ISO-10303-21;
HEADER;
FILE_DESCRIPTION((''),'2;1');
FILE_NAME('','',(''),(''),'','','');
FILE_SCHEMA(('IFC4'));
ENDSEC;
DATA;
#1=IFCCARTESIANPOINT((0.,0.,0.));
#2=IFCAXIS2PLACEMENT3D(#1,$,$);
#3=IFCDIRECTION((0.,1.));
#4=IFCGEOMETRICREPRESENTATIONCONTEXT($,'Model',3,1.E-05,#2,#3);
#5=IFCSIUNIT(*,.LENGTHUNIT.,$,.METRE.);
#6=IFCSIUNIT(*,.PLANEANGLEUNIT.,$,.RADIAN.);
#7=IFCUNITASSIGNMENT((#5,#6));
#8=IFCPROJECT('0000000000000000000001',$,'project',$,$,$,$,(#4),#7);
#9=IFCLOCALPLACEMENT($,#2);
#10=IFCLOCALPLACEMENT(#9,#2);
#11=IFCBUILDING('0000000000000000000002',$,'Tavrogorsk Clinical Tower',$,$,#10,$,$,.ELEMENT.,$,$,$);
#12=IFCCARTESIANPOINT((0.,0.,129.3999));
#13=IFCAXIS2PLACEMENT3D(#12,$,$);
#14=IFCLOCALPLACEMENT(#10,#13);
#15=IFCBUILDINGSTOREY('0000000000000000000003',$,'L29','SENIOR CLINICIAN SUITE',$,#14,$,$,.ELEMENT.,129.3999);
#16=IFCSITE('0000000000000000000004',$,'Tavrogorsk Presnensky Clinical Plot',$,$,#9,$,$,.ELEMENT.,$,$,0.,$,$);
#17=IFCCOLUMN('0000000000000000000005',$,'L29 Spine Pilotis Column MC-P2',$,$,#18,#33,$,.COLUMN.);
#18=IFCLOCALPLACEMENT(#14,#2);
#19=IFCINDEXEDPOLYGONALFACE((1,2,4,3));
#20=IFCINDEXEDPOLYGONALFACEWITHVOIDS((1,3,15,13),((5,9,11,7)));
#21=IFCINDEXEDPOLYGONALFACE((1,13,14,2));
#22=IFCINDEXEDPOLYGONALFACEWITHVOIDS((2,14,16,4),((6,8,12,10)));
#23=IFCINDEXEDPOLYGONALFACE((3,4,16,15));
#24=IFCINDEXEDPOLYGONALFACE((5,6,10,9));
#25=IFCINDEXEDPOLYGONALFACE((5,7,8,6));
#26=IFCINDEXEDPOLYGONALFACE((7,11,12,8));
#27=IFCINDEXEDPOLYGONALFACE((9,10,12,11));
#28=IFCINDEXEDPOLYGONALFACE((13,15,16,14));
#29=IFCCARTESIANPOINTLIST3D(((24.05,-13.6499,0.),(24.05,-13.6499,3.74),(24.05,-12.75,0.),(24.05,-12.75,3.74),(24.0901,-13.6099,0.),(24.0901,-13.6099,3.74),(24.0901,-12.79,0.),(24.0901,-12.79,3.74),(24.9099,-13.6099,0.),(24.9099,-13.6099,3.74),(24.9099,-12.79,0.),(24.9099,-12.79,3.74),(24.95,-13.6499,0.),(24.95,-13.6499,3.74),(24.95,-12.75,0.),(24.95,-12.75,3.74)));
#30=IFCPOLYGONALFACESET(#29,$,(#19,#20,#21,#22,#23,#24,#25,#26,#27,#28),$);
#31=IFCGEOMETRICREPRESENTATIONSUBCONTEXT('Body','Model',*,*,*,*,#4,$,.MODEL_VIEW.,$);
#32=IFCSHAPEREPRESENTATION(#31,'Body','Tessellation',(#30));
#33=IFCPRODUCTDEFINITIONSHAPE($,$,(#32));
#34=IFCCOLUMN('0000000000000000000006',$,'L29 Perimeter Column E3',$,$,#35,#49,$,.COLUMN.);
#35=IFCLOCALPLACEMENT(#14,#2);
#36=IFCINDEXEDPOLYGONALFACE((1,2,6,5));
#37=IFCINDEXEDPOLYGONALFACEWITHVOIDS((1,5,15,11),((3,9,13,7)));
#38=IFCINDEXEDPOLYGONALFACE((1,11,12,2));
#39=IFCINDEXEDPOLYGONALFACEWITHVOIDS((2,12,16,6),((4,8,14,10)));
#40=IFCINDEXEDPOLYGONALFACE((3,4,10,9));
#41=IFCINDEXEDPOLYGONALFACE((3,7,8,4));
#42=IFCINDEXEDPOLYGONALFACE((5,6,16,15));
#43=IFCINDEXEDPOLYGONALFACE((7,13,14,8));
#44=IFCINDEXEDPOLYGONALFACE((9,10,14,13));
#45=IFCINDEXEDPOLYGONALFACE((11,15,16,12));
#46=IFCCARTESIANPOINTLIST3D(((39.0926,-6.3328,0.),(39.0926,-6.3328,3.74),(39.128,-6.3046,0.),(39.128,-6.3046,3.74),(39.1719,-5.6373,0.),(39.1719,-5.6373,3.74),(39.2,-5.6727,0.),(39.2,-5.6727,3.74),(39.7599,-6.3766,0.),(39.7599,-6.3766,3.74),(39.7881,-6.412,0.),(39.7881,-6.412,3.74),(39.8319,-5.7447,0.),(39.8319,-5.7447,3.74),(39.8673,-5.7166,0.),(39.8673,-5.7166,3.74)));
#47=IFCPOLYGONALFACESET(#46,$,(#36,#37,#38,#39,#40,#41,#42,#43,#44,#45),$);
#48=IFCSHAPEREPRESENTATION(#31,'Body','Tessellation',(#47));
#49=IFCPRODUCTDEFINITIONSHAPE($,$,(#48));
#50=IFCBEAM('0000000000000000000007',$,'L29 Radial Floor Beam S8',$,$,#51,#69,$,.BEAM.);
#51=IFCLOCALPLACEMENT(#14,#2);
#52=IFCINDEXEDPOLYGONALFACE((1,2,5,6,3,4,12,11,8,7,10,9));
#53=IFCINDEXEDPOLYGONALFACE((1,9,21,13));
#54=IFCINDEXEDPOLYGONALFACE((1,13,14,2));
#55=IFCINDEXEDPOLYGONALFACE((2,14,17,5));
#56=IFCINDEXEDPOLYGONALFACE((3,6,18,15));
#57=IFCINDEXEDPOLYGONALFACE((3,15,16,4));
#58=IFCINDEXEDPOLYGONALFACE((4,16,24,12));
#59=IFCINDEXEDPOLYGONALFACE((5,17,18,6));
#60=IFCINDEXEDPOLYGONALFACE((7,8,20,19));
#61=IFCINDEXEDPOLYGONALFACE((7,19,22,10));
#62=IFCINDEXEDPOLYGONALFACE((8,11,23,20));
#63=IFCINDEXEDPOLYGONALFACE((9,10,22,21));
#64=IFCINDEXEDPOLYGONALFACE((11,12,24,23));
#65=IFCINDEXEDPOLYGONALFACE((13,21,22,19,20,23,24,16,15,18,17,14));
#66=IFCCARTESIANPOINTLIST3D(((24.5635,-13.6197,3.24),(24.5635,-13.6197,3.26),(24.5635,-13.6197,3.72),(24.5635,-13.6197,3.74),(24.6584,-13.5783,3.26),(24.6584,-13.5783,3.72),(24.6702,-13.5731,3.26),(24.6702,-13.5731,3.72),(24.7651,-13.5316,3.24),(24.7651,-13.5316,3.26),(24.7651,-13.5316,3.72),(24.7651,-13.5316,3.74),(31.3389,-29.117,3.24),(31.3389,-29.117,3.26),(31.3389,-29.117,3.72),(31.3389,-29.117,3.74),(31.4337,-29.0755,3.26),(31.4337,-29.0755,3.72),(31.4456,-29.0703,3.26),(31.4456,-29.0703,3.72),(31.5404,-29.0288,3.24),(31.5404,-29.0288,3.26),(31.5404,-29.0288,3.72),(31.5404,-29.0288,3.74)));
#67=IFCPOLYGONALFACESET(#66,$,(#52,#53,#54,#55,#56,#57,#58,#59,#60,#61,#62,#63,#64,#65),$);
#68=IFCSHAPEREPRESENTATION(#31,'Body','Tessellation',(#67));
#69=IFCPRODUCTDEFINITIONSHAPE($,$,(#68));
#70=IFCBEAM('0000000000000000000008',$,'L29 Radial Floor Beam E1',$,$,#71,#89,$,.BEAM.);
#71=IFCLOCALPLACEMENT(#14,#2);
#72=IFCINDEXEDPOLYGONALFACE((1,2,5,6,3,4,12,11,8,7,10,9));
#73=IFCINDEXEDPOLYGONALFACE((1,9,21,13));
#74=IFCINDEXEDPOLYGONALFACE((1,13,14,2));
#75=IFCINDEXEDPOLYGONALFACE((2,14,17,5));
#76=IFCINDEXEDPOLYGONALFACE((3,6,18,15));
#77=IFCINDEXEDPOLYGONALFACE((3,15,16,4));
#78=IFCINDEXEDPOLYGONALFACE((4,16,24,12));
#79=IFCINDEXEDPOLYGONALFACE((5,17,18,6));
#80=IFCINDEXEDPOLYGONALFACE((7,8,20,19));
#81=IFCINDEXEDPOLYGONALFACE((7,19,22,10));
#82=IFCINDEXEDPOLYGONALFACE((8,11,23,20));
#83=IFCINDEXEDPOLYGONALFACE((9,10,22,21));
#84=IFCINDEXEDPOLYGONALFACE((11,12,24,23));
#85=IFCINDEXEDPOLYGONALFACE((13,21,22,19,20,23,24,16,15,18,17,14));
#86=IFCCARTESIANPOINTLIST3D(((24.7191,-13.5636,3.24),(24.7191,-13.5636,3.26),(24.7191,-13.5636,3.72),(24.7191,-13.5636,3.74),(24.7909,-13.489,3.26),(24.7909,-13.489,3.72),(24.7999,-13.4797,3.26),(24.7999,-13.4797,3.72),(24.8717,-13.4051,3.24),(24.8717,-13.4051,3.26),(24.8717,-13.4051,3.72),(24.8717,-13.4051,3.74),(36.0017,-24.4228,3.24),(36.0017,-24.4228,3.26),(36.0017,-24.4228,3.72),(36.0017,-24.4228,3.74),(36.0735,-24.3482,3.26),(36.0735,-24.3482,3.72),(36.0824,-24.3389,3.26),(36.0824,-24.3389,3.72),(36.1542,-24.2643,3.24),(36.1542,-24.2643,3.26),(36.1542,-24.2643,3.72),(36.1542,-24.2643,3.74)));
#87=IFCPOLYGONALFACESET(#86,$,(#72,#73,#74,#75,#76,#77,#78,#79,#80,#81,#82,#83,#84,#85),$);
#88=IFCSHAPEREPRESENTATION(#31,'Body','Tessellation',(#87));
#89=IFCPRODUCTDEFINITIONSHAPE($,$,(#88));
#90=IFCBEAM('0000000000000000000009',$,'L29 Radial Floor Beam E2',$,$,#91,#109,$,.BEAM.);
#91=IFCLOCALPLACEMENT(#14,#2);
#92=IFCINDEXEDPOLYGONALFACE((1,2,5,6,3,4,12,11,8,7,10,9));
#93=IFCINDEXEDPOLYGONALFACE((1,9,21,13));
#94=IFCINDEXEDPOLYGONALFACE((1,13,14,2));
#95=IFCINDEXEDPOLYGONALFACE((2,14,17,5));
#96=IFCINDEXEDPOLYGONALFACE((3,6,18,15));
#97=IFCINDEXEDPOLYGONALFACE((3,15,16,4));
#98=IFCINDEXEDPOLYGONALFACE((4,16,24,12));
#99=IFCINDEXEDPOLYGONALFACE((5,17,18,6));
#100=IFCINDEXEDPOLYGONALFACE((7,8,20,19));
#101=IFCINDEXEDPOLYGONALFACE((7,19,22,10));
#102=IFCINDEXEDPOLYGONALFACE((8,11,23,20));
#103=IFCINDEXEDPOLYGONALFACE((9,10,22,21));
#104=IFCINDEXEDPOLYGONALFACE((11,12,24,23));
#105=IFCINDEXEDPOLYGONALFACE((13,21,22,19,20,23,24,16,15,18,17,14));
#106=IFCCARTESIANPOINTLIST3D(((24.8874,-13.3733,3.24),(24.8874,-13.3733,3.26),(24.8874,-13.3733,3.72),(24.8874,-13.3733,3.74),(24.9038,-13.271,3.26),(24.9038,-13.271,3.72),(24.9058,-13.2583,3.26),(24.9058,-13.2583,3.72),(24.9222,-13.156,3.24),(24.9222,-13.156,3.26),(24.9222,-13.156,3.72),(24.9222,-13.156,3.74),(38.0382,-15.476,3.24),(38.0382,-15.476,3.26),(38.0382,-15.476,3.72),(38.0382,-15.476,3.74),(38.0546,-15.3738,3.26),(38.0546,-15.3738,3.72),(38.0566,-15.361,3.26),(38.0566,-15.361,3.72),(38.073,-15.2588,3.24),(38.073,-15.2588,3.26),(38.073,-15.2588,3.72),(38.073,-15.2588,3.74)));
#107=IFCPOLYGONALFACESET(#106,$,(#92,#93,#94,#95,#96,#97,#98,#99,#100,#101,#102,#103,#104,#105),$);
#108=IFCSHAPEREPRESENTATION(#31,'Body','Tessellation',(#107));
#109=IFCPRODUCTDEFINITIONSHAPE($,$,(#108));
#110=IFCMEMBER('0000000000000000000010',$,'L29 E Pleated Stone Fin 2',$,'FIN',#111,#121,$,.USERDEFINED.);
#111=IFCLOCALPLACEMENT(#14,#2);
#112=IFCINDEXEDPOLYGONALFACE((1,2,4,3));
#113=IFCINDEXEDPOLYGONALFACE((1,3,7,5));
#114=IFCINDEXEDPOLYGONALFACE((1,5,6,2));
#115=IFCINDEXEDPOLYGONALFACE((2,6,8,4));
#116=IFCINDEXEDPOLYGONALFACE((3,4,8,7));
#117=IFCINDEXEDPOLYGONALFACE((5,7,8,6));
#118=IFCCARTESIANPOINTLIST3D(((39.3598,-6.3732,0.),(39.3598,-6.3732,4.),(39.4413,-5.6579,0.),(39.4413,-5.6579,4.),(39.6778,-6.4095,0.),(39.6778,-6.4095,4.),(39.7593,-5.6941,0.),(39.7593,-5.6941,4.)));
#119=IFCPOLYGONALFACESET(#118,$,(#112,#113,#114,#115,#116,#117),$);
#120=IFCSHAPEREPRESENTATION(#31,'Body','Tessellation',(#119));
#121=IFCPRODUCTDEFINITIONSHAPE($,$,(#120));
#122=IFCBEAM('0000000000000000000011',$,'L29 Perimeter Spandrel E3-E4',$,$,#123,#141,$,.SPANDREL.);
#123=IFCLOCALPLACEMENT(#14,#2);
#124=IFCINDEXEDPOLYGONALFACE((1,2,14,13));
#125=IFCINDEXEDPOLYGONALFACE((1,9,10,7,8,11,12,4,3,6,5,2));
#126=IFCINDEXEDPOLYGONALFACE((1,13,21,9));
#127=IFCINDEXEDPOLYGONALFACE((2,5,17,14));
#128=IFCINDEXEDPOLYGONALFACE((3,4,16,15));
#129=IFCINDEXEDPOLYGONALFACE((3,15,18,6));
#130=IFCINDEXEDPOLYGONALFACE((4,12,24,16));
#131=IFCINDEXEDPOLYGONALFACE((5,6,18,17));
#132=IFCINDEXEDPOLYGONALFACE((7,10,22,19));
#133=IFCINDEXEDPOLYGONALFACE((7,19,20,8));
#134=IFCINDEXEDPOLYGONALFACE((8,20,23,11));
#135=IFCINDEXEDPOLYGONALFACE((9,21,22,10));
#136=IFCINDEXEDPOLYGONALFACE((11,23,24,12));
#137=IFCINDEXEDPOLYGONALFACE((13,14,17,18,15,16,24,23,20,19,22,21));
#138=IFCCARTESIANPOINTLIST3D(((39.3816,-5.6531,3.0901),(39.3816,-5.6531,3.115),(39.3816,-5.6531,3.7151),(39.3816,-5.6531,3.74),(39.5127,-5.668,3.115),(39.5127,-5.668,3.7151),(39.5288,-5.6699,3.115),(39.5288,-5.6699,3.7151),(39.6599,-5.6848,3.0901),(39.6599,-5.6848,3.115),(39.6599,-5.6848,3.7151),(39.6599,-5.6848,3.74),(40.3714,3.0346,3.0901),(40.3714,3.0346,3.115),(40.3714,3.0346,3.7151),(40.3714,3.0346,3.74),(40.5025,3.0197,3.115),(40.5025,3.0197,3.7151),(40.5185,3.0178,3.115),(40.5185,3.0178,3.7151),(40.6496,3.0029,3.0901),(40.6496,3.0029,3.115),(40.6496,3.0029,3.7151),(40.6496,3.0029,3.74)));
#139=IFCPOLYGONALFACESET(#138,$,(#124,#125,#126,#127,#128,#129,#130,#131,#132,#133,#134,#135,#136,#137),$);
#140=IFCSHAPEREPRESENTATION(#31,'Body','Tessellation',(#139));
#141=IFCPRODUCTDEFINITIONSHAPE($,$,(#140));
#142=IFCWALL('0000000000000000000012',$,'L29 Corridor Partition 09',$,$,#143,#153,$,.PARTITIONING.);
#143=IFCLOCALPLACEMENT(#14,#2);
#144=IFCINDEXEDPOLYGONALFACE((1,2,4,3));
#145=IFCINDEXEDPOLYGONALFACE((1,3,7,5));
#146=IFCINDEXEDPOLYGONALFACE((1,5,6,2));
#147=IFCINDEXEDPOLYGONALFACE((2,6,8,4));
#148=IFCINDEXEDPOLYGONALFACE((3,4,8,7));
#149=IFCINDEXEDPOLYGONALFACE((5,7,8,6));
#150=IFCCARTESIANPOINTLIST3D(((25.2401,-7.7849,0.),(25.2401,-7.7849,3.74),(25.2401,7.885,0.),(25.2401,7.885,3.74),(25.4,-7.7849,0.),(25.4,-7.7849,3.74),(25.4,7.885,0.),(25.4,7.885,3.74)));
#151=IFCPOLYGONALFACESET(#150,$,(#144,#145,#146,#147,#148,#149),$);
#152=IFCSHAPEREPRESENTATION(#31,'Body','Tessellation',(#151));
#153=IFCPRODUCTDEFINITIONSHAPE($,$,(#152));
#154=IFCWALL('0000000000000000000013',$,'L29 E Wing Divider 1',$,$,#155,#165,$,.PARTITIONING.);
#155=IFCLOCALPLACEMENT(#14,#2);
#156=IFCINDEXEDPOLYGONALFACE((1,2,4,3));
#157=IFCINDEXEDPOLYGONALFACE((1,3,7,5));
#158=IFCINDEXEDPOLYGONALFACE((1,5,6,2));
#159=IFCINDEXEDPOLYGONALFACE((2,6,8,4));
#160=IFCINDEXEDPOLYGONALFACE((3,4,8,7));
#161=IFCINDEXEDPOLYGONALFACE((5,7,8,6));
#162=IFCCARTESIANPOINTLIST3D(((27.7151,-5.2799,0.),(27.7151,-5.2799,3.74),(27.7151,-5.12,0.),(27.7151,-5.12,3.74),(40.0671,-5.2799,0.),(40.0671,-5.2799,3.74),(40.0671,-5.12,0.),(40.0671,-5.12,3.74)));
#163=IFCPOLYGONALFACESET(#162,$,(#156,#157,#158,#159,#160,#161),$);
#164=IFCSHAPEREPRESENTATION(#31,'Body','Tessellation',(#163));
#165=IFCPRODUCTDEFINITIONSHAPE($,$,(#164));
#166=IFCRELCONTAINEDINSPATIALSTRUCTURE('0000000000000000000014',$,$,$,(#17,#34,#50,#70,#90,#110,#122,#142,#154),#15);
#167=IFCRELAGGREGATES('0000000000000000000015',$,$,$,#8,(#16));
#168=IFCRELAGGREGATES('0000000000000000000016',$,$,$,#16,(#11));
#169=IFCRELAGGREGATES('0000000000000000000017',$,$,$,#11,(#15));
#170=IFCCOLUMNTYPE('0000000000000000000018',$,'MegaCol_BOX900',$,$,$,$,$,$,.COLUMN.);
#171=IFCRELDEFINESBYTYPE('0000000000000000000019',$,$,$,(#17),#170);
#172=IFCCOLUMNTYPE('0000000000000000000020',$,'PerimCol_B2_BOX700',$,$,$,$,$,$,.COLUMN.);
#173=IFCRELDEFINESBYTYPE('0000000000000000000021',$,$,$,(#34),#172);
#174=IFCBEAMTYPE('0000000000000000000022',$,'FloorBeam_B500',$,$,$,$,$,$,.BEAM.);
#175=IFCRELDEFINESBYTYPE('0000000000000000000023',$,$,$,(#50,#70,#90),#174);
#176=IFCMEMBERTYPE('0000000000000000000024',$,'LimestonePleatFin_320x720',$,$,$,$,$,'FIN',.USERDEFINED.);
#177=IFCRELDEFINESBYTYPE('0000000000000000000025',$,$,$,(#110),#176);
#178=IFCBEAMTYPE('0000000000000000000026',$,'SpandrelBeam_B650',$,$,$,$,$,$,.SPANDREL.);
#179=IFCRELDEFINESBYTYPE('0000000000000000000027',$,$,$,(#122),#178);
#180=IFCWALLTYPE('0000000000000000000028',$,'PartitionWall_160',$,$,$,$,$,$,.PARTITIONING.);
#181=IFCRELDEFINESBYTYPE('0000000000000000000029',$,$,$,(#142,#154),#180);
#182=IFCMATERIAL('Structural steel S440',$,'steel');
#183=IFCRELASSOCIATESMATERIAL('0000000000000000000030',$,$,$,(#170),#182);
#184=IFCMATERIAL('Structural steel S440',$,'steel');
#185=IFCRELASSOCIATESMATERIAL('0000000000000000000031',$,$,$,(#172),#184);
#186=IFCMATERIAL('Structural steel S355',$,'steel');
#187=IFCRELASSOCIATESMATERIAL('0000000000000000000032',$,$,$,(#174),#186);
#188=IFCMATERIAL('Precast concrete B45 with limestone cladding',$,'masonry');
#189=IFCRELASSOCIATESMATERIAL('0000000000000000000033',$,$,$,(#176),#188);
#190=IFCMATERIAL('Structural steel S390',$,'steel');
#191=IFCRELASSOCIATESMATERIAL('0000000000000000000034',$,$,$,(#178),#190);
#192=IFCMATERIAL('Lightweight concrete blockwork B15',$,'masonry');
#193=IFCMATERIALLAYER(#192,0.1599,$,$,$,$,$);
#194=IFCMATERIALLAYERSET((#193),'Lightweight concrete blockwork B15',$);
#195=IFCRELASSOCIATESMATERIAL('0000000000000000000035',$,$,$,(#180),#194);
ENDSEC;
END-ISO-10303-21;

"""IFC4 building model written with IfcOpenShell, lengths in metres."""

from ifc_helpers import new_model, si_unit, direction, frame, frame_2d, origin, origin_2d, place, context, subcontext, project, spatial, rectangle, hollow_rectangle, i_section, extrude, material, layer, layer_set, material_profile, profile_set, type_object, element, save


model = new_model("IFC4")

# Units and contexts
model_context = context("Model", 3, precision=1e-05, world=origin(), true_north=direction((0.0, 1.0)))
body_context = subcontext(model_context, "Body", "Model", "MODEL_VIEW")
ifc_project = project(units=[si_unit("LENGTHUNIT", "METRE"), si_unit("PLANEANGLEUNIT", "RADIAN")], contexts=[model_context])

# Site, building, storey
site_placement = place(None, origin())
site = spatial("IfcSite", under=ifc_project, at=site_placement, Name="Tavrogorsk Presnensky Clinical Plot", CompositionType="ELEMENT", RefElevation=0.0)
building_placement = place(site_placement, origin())
building = spatial("IfcBuilding", under=site, at=building_placement, Name="Tavrogorsk Clinical Tower", CompositionType="ELEMENT")
storey_placement = place(building_placement, frame((0.0, 0.0, 129.3999)))
storey = spatial("IfcBuildingStorey", under=building, at=storey_placement, Name="L29", Description="SENIOR CLINICIAN SUITE", CompositionType="ELEMENT", Elevation=129.3999)

# Columns
ifc_material_1 = material(Name="Structural steel S440", Category="steel")
ifc_material_profile_1 = material_profile(ifc_material_1, hollow_rectangle(XDim=0.8999, YDim=0.8999, WallThickness=0.04, at=origin_2d()), Name="BOX-900x900x40")
ifc_profile_set_1 = profile_set([ifc_material_profile_1], Name="Structural steel S440")
column_type_1 = type_object("IfcColumnType", Name="MegaCol_BOX900", PredefinedType="COLUMN", material=ifc_profile_set_1)
column_1_placement = place(storey_placement, frame((24.5, -13.2, 0.0), z_axis=(0.0, 0.0, 1.0), x_axis=(1.0, 0.0, 0.0)))
element("IfcColumn", 1, at=column_1_placement, inside=storey, type_object=column_type_1, Name="L29 Spine Pilotis Column MC-P2", PredefinedType="COLUMN", context=body_context, shape_type="SweptSolid", body=[
    extrude(hollow_rectangle(XDim=0.8999, YDim=0.8999, WallThickness=0.04, at=origin_2d()), origin(), (0.0, 0.0, 1.0), 3.74),
])
ifc_material_2 = material(Name="Structural steel S440", Category="steel")
ifc_material_profile_2 = material_profile(ifc_material_2, hollow_rectangle(XDim=0.7, YDim=0.7, WallThickness=0.032, at=origin_2d()), Name="BOX-700x700x32")
ifc_profile_set_2 = profile_set([ifc_material_profile_2], Name="Structural steel S440")
column_type_2 = type_object("IfcColumnType", Name="PerimCol_B2_BOX700", PredefinedType="COLUMN", material=ifc_profile_set_2)
column_2_placement = place(storey_placement, frame((39.48, -6.0247, 0.0), z_axis=(0.0, 0.0, 1.0), x_axis=(0.993572, -0.113203, 0.0)))
element("IfcColumn", 2, at=column_2_placement, inside=storey, type_object=column_type_2, Name="L29 Perimeter Column E3", PredefinedType="COLUMN", context=body_context, shape_type="SweptSolid", body=[
    extrude(hollow_rectangle(XDim=0.7, YDim=0.7, WallThickness=0.032, at=origin_2d()), origin(), (0.0, 0.0, 1.0), 3.74),
])

# Beams
ifc_material_3 = material(Name="Structural steel S355", Category="steel")
ifc_material_profile_3 = material_profile(ifc_material_3, i_section(OverallWidth=0.22, OverallDepth=0.5, WebThickness=0.0129, FlangeThickness=0.02, at=origin_2d()), Name="B-500x220x13x20")
ifc_profile_set_3 = profile_set([ifc_material_profile_3], Name="Structural steel S355")
beam_type_1 = type_object("IfcBeamType", Name="FloorBeam_B500", PredefinedType="BEAM", material=ifc_profile_set_3)
beam_1_placement = place(storey_placement, frame((24.6643, -13.5757, 3.49), z_axis=(0.400586, -0.916259, 0.0), x_axis=(0.916259, 0.400586, 0.0)))
element("IfcBeam", 3, at=beam_1_placement, inside=storey, type_object=beam_type_1, Name="L29 Radial Floor Beam S8", PredefinedType="BEAM", context=body_context, shape_type="SweptSolid", body=[
    extrude(i_section(OverallWidth=0.22, OverallDepth=0.5, WebThickness=0.0129, FlangeThickness=0.02, at=origin_2d()), origin(), (0.0, 0.0, 1.0), 16.9136),
])
beam_2_placement = place(storey_placement, frame((24.7954, -13.4844, 3.49), z_axis=(0.720495, -0.69346, 0.0), x_axis=(0.69346, 0.720495, 0.0)))
element("IfcBeam", 4, at=beam_2_placement, inside=storey, type_object=beam_type_1, Name="L29 Radial Floor Beam E1", PredefinedType="BEAM", context=body_context, shape_type="SweptSolid", body=[
    extrude(i_section(OverallWidth=0.22, OverallDepth=0.5, WebThickness=0.0129, FlangeThickness=0.02, at=origin_2d()), origin(), (0.0, 0.0, 1.0), 15.6594),
])
beam_3_placement = place(storey_placement, frame((24.9048, -13.2646, 3.49), z_axis=(0.987457, -0.157891, 0.0), x_axis=(0.157891, 0.987457, 0.0)))
element("IfcBeam", 5, at=beam_3_placement, inside=storey, type_object=beam_type_1, Name="L29 Radial Floor Beam E2", PredefinedType="BEAM", context=body_context, shape_type="SweptSolid", body=[
    extrude(i_section(OverallWidth=0.22, OverallDepth=0.5, WebThickness=0.0129, FlangeThickness=0.02, at=origin_2d()), origin(), (0.0, 0.0, 1.0), 13.3179),
])

# Member
ifc_material_4 = material(Name="Precast concrete B45 with limestone cladding", Category="masonry")
ifc_material_profile_4 = material_profile(ifc_material_4, rectangle(XDim=0.3201, YDim=0.72, at=origin_2d()), Name="LIMESTONE-FIN-320x720")
ifc_profile_set_4 = profile_set([ifc_material_profile_4], Name="Precast concrete B45 with limestone cladding")
member_type = type_object("IfcMemberType", Name="LimestonePleatFin_320x720", ElementType="FIN", PredefinedType="USERDEFINED", material=ifc_profile_set_4)
member_placement = place(storey_placement, frame((39.5596, -6.0337, 0.0), z_axis=(0.0, 0.0, 1.0), x_axis=(0.993572, -0.113203, 0.0)))
element("IfcMember", 6, at=member_placement, inside=storey, type_object=member_type, Name="L29 E Pleated Stone Fin 2", ObjectType="FIN", PredefinedType="USERDEFINED", context=body_context, shape_type="SweptSolid", body=[
    extrude(rectangle(XDim=0.3201, YDim=0.72, at=origin_2d()), origin(), (0.0, 0.0, 1.0), 4.0),
])

# Beam
ifc_material_5 = material(Name="Structural steel S390", Category="steel")
ifc_material_profile_5 = material_profile(ifc_material_5, i_section(OverallWidth=0.28, OverallDepth=0.6499, WebThickness=0.0161, FlangeThickness=0.0249, at=origin_2d()), Name="B-650x280x16x25")
ifc_profile_set_5 = profile_set([ifc_material_profile_5], Name="Structural steel S390")
beam_type_2 = type_object("IfcBeamType", Name="SpandrelBeam_B650", PredefinedType="SPANDREL", material=ifc_profile_set_5)
beam_4_placement = place(storey_placement, frame((39.5208, -5.6689, 3.415), z_axis=(0.113192, 0.993573, 0.0), x_axis=(-0.993573, 0.113192, 0.0)))
element("IfcBeam", 7, at=beam_4_placement, inside=storey, type_object=beam_type_2, Name="L29 Perimeter Spandrel E3-E4", PredefinedType="SPANDREL", context=body_context, shape_type="SweptSolid", body=[
    extrude(i_section(OverallWidth=0.28, OverallDepth=0.6499, WebThickness=0.0161, FlangeThickness=0.0249, at=origin_2d()), origin(), (0.0, 0.0, 1.0), 8.7439),
])

# Shared definitions
ifc_material_6 = material(Name="Lightweight concrete blockwork B15", Category="masonry")
ifc_layer = layer(ifc_material_6, 0.1599)
ifc_layer_set = layer_set([ifc_layer], Name="Lightweight concrete blockwork B15")
wall_type = type_object("IfcWallType", Name="PartitionWall_160", PredefinedType="PARTITIONING", material=ifc_layer_set)

# Walls
wall_1_placement = place(storey_placement, frame((25.3201, -7.7849, 0.0), z_axis=(0.0, 0.0, 1.0), x_axis=(0.0, 1.0, 0.0)))
element("IfcWall", 8, at=wall_1_placement, inside=storey, type_object=wall_type, Name="L29 Corridor Partition 09", PredefinedType="PARTITIONING", context=body_context, shape_type="SweptSolid", body=[
    extrude(rectangle(XDim=15.6699, YDim=0.1599, at=frame_2d((7.835, 0.0))), origin(), (0.0, 0.0, 1.0), 3.74),
])
wall_2_placement = place(storey_placement, frame((27.7151, -5.2, 0.0), z_axis=(0.0, 0.0, 1.0), x_axis=(1.0, 0.0, 0.0)))
element("IfcWall", 9, at=wall_2_placement, inside=storey, type_object=wall_type, Name="L29 E Wing Divider 1", PredefinedType="PARTITIONING", context=body_context, shape_type="SweptSolid", body=[
    extrude(rectangle(XDim=12.3521, YDim=0.1599, at=frame_2d((6.176, 0.0))), origin(), (0.0, 0.0, 1.0), 3.74),
])

save(model, "model.ifc")
